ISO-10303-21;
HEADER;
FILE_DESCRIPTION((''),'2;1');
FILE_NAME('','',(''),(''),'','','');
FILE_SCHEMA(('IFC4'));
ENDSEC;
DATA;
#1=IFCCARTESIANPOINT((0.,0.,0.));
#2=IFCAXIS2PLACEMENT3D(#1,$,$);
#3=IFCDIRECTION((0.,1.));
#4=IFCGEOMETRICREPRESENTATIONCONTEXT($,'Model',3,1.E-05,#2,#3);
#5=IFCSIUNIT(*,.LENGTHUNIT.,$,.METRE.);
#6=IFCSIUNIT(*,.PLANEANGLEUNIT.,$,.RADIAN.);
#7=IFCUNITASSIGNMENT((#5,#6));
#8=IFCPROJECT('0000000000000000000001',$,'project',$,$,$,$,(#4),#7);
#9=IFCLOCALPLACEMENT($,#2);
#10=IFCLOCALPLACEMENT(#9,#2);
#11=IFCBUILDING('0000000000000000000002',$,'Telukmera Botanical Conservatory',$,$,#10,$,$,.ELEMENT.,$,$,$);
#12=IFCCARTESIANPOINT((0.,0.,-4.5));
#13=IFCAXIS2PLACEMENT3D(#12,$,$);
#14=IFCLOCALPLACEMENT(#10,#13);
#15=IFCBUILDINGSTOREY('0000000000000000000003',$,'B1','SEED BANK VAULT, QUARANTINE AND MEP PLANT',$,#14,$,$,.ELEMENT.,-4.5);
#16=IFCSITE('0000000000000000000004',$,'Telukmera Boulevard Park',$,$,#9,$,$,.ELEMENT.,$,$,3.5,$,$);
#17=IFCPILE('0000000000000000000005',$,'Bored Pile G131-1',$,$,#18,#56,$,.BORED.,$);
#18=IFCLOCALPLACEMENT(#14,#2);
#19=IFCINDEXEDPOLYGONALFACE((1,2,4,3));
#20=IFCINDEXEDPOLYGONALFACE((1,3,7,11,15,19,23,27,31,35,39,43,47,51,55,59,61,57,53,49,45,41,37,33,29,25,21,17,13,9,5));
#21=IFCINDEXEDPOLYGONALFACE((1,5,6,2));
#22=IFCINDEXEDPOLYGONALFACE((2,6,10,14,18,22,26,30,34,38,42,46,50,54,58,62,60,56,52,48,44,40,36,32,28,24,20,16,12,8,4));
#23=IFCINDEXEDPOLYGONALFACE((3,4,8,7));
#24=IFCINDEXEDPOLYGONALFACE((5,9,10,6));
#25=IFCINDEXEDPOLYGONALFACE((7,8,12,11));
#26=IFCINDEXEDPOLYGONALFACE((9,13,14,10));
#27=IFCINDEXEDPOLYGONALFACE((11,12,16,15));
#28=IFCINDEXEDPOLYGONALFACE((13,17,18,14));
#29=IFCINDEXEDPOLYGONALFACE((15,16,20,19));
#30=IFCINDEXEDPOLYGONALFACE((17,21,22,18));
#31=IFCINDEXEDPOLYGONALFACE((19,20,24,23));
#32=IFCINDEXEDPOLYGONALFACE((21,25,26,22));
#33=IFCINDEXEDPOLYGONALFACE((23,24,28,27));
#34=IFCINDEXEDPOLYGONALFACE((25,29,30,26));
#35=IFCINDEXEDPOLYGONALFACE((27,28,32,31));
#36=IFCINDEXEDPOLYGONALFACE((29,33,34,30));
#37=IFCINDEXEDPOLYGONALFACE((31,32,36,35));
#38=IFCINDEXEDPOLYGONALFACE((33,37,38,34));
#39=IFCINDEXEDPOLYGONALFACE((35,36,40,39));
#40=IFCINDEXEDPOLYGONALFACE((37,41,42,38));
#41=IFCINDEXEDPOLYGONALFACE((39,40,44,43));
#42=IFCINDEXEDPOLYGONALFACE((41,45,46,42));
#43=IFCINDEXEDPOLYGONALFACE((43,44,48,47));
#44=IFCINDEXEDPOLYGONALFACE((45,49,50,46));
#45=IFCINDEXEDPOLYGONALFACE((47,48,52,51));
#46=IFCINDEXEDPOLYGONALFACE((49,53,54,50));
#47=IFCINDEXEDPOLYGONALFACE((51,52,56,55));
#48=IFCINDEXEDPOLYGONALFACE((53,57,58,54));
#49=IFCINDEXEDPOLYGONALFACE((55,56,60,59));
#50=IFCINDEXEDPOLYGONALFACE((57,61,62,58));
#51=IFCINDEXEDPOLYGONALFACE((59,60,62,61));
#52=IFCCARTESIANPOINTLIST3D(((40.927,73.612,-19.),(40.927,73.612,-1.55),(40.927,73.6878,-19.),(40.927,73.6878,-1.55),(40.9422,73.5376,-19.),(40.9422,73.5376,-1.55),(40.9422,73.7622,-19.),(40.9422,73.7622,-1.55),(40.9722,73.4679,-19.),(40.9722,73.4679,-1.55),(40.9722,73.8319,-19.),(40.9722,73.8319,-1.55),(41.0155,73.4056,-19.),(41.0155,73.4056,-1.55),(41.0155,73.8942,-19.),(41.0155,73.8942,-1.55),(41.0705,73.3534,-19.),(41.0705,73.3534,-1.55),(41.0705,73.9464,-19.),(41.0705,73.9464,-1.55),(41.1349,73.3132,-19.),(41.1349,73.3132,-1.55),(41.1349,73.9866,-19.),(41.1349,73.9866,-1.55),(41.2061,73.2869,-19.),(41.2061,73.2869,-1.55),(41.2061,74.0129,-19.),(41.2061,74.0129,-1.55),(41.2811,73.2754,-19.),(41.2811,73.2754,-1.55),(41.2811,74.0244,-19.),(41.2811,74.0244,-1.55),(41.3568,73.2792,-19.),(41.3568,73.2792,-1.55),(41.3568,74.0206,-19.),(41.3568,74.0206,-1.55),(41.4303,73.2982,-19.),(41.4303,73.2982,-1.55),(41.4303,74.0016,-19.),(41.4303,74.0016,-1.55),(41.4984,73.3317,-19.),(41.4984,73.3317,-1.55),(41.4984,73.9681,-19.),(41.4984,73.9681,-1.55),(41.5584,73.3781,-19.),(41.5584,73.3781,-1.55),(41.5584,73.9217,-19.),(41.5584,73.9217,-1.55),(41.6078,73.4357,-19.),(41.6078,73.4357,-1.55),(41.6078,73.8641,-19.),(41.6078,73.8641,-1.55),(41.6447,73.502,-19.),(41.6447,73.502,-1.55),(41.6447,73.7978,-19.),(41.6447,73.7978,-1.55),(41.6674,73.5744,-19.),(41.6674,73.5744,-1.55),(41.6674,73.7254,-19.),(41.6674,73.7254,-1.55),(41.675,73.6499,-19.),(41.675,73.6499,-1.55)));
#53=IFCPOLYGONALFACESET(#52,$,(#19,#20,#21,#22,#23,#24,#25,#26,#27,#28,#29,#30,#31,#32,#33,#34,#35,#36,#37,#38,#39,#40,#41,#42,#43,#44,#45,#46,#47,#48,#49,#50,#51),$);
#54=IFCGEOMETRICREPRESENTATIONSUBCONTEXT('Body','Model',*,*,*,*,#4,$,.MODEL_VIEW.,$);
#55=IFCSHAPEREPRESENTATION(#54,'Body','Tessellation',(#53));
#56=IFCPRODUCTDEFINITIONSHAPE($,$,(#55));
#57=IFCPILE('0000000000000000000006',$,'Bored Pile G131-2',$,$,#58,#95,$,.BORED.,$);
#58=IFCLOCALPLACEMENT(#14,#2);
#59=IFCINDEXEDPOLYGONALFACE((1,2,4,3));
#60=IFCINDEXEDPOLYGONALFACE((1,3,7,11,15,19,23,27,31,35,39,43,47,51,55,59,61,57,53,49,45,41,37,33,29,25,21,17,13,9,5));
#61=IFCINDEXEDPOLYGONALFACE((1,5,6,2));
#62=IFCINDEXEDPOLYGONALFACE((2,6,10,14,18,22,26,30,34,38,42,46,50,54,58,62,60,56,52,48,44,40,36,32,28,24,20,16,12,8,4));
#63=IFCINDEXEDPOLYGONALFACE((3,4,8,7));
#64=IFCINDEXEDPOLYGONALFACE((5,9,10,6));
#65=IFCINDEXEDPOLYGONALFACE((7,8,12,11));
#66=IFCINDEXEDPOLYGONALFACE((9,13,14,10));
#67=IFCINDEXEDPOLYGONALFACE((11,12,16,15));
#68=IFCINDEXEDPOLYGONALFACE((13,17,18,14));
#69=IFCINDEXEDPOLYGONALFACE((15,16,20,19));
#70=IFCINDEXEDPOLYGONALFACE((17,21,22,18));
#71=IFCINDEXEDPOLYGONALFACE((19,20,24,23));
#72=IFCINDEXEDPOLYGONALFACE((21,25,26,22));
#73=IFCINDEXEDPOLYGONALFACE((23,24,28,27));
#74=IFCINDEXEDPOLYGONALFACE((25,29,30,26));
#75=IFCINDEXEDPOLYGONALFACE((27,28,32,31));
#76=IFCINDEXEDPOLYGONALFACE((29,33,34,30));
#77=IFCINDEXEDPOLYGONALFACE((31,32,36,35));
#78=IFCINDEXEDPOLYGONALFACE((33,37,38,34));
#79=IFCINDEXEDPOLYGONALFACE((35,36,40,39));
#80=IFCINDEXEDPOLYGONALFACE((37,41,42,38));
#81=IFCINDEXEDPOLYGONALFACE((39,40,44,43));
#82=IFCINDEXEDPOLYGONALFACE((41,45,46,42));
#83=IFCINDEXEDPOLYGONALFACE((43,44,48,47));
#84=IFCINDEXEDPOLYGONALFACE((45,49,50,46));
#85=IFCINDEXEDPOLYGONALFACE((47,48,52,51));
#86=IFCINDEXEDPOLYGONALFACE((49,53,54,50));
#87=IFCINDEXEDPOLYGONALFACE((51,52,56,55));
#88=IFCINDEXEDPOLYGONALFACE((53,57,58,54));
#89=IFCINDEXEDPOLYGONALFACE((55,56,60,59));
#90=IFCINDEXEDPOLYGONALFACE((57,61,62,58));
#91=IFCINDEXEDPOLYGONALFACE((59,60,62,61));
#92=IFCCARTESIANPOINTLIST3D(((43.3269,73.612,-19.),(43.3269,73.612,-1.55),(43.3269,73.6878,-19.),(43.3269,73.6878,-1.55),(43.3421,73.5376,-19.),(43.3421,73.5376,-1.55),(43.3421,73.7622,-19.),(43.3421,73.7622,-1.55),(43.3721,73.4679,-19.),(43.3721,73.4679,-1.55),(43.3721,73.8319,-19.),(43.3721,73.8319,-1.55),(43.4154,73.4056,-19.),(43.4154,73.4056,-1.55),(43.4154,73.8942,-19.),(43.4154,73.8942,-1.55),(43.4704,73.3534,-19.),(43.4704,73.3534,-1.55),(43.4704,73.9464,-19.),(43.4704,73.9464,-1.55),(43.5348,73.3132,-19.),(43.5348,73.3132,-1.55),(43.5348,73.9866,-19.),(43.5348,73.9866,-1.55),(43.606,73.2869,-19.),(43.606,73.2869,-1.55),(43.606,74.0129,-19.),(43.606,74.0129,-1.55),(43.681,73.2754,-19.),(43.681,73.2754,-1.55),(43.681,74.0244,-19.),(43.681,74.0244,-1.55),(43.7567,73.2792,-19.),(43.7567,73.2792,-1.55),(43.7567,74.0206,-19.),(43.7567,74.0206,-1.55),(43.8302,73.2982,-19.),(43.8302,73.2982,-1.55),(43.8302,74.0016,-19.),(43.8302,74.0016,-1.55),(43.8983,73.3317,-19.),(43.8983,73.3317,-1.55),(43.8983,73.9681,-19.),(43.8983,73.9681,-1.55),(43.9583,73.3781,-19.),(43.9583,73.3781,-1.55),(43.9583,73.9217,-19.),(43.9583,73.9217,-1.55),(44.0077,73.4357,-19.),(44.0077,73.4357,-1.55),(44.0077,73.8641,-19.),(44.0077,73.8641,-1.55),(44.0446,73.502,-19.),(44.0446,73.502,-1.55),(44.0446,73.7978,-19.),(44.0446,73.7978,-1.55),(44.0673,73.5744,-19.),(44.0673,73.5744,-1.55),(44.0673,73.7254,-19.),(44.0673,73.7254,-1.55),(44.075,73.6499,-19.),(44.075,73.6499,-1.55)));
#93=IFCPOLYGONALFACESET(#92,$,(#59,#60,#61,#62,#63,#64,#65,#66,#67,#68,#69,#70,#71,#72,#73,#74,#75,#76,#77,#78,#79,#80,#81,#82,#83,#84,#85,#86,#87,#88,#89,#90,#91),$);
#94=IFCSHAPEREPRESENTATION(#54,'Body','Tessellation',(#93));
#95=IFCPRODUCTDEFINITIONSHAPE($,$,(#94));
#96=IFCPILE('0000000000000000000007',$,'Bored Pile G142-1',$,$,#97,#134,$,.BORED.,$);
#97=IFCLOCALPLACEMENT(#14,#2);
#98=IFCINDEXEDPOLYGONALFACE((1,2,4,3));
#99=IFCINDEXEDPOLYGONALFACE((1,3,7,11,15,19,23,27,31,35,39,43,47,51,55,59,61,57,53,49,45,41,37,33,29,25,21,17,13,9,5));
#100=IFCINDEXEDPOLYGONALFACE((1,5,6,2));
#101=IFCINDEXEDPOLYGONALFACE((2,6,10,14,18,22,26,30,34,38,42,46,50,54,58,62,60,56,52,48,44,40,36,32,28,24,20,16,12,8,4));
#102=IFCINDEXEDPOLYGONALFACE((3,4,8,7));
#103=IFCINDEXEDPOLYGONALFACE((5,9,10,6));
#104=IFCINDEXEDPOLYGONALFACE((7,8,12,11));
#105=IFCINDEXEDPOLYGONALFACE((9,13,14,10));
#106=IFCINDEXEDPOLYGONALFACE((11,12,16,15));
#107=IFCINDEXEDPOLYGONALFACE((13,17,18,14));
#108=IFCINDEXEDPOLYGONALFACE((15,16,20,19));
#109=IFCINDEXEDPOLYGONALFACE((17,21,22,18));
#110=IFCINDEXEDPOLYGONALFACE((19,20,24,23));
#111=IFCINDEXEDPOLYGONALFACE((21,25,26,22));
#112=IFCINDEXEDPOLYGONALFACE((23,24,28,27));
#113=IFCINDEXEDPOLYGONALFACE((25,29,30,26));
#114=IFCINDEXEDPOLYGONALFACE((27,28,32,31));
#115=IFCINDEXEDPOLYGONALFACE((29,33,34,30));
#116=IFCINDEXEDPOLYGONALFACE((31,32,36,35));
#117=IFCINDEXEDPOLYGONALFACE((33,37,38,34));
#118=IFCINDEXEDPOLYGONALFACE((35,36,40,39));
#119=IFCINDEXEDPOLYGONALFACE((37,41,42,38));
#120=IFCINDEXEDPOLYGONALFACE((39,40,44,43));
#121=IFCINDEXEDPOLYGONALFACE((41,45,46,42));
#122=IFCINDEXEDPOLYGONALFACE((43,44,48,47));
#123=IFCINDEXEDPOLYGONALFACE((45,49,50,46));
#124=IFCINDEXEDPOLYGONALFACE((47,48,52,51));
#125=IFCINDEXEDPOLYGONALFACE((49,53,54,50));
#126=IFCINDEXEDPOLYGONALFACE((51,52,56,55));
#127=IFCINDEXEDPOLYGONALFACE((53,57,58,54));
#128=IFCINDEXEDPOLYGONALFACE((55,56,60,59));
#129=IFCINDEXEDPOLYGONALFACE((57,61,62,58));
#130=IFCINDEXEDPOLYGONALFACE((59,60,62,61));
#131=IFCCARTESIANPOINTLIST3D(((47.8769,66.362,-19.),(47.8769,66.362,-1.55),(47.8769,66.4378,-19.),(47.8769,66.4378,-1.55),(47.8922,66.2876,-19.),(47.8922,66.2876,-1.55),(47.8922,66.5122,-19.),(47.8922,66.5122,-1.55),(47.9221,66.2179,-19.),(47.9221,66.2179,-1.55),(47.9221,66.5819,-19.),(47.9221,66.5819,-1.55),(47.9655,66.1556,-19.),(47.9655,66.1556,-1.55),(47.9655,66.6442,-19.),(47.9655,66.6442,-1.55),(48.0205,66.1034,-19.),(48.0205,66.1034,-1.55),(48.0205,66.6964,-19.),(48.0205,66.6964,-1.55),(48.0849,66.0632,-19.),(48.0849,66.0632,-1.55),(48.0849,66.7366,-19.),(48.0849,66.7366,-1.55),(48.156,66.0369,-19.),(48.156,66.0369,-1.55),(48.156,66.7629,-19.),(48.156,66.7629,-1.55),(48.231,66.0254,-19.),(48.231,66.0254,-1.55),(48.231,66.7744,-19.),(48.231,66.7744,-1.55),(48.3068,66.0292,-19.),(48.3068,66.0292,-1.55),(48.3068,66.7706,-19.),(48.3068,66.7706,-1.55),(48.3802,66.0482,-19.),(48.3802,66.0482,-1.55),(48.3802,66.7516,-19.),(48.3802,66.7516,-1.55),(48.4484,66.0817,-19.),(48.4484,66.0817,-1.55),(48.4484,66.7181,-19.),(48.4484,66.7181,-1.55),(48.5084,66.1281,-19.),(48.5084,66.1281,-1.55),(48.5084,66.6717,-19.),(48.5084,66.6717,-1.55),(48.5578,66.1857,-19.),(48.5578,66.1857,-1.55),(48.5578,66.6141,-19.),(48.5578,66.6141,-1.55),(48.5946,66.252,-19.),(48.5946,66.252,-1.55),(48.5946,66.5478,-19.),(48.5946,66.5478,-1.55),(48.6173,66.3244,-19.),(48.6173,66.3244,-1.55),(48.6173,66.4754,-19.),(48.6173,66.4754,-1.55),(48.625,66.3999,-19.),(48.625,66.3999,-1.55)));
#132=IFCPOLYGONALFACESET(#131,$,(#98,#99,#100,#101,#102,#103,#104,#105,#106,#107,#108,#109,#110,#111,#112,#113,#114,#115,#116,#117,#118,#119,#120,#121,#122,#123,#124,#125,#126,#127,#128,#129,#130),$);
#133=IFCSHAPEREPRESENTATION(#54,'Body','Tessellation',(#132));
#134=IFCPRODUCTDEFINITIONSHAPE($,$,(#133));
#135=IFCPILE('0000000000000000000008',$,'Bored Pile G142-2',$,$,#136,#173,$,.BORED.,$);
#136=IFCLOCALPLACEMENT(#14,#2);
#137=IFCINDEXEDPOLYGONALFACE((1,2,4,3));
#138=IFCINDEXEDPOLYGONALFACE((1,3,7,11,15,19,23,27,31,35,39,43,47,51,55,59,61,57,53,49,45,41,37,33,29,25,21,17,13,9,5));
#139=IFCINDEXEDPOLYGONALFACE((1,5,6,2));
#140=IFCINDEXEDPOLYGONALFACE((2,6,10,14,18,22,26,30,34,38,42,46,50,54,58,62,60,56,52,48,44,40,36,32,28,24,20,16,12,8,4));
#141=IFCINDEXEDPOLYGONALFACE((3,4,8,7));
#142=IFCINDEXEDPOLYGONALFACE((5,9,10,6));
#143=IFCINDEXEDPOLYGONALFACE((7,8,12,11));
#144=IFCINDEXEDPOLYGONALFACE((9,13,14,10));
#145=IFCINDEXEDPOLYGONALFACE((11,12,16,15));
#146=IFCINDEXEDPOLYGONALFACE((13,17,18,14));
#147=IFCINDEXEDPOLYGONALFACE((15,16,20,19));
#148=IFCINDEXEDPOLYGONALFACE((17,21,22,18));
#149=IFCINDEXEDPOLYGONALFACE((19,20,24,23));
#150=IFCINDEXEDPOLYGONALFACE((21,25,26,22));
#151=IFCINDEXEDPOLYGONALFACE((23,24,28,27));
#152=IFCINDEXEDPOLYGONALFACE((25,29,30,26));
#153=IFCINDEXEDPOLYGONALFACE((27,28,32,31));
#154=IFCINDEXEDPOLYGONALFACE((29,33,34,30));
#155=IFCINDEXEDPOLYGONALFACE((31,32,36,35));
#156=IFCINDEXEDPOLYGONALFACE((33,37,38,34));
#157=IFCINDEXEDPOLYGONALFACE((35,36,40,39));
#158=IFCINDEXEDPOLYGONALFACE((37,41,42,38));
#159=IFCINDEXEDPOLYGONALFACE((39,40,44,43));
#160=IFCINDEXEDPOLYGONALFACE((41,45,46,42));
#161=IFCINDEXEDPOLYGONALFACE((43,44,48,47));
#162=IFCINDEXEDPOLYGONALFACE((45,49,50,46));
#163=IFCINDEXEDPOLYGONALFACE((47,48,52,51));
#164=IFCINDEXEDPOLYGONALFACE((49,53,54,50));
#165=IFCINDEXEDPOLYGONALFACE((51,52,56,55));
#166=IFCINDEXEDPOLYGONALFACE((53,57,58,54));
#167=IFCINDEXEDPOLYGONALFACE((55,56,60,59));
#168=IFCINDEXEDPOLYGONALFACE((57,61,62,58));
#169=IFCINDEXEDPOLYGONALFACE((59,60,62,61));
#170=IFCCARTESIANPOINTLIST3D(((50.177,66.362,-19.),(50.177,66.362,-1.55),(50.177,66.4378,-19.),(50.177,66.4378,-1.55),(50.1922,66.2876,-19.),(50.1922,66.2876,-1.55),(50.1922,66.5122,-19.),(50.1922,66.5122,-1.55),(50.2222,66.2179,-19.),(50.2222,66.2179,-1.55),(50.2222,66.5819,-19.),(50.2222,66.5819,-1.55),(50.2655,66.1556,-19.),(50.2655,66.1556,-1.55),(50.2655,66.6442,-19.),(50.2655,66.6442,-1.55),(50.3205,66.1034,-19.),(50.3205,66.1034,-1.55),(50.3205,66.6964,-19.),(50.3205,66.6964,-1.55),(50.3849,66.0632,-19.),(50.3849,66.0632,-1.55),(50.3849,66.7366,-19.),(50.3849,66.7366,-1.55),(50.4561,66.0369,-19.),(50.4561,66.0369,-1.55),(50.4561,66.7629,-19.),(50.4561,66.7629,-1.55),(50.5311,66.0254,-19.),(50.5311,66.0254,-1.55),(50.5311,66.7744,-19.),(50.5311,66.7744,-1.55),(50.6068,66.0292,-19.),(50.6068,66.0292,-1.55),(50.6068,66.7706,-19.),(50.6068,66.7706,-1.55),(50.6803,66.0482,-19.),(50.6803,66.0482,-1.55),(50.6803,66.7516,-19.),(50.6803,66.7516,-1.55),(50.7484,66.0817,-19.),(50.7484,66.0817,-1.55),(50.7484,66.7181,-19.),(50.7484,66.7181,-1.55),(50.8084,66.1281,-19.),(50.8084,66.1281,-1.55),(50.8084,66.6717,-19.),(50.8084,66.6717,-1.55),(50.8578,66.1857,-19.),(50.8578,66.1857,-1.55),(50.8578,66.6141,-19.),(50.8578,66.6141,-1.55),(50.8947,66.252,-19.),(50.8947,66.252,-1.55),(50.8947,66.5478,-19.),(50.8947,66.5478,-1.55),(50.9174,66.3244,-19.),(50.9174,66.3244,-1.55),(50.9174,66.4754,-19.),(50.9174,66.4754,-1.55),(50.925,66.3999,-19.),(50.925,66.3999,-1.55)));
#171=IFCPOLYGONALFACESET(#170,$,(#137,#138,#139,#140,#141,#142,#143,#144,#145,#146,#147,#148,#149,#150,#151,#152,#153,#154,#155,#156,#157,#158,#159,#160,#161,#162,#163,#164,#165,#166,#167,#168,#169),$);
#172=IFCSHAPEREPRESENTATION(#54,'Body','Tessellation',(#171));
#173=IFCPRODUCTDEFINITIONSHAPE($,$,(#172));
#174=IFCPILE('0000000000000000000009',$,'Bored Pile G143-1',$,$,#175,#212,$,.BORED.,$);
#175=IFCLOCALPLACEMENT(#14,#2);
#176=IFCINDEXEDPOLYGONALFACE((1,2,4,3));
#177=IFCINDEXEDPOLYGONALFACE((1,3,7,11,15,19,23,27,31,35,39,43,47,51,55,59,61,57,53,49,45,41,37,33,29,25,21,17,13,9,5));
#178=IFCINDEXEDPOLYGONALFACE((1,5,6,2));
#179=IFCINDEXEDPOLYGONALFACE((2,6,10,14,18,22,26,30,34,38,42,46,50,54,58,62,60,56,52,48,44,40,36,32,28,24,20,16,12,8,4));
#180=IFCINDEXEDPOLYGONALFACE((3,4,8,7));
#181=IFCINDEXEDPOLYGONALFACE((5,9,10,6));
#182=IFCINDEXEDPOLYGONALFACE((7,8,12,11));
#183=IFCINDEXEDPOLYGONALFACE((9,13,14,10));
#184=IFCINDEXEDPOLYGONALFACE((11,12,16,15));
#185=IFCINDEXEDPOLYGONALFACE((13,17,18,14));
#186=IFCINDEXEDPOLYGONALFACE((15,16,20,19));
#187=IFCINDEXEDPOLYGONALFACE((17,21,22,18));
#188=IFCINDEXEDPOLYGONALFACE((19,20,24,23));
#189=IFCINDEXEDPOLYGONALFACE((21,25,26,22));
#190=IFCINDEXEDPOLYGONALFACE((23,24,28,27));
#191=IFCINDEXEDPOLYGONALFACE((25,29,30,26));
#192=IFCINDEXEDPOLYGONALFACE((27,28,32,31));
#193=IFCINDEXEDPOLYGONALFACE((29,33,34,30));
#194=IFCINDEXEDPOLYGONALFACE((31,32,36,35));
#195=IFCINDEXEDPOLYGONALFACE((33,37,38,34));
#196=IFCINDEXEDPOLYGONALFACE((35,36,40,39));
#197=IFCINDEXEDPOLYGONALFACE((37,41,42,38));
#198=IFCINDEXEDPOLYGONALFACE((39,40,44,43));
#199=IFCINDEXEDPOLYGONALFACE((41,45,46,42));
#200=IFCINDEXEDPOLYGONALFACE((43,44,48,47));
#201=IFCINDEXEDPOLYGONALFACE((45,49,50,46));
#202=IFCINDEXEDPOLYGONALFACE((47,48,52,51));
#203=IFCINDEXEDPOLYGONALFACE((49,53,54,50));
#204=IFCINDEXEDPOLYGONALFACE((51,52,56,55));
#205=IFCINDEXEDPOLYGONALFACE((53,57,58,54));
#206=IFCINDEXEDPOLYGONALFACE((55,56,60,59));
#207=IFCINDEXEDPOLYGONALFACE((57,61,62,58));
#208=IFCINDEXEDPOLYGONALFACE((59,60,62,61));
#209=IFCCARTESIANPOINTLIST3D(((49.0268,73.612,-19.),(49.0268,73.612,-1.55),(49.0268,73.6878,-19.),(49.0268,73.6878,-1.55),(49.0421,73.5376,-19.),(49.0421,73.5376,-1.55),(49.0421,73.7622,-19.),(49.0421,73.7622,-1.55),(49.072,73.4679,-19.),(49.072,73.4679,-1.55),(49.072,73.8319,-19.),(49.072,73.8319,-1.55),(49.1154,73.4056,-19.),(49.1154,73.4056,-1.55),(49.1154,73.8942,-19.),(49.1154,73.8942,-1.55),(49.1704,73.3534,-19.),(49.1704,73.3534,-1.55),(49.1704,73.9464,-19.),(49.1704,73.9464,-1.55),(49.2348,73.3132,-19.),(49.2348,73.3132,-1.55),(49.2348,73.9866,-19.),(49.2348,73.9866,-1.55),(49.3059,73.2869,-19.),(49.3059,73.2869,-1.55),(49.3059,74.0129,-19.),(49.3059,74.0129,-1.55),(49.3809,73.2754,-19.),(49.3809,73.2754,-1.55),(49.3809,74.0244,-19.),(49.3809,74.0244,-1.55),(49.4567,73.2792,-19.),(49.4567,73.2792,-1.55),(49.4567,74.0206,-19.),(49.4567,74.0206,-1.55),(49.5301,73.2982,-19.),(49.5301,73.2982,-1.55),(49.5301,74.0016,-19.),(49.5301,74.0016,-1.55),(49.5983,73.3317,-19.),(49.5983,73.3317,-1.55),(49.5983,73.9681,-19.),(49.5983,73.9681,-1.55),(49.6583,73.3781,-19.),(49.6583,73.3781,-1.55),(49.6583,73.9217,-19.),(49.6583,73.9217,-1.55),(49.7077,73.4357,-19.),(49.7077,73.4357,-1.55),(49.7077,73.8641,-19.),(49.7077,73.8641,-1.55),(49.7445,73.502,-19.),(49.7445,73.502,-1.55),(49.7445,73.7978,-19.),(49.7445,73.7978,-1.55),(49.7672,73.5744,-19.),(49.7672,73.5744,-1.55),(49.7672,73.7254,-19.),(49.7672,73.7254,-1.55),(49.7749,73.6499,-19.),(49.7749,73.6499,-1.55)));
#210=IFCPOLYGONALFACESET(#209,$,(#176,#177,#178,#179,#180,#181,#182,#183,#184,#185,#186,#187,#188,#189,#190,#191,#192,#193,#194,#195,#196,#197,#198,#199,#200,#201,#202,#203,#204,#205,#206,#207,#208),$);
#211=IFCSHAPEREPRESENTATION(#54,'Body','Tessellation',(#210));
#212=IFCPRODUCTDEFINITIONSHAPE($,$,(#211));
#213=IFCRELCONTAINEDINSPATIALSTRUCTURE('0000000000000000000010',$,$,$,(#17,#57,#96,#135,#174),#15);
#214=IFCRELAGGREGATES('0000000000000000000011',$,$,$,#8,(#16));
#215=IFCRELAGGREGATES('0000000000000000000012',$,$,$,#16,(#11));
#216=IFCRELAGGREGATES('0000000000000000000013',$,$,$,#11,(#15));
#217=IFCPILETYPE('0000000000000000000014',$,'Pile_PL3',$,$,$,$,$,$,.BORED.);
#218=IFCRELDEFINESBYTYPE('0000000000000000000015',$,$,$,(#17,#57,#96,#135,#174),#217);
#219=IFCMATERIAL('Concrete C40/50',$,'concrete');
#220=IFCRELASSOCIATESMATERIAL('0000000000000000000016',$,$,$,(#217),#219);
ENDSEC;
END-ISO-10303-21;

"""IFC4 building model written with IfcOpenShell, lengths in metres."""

from ifc_helpers import new_model, si_unit, direction, frame, origin, origin_2d, place, context, subcontext, project, spatial, circle, extrude, material, material_profile, profile_set, type_object, element, save


model = new_model("IFC4")

# Units and contexts
model_context = context("Model", 3, precision=1e-05, world=origin(), true_north=direction((0.0, 1.0)))
body_context = subcontext(model_context, "Body", "Model", "MODEL_VIEW")
ifc_project = project(units=[si_unit("LENGTHUNIT", "METRE"), si_unit("PLANEANGLEUNIT", "RADIAN")], contexts=[model_context])

# Site, building, storey
site_placement = place(None, origin())
site = spatial("IfcSite", under=ifc_project, at=site_placement, Name="Telukmera Boulevard Park", CompositionType="ELEMENT", RefElevation=3.5)
building_placement = place(site_placement, origin())
building = spatial("IfcBuilding", under=site, at=building_placement, Name="Telukmera Botanical Conservatory", CompositionType="ELEMENT")
storey_placement = place(building_placement, frame((0.0, 0.0, -4.5)))
storey = spatial("IfcBuildingStorey", under=building, at=storey_placement, Name="B1", Description="SEED BANK VAULT, QUARANTINE AND MEP PLANT", CompositionType="ELEMENT", Elevation=-4.5)

# Shared definitions
ifc_material_1 = material(Name="Concrete C40/50", Category="concrete")

# Piles
ifc_material_profile_1 = material_profile(ifc_material_1, circle(Radius=0.375, at=origin_2d()), Name="PILE D750")
ifc_profile_set_1 = profile_set([ifc_material_profile_1], Name="Concrete C40/50")
pile_type = type_object("IfcPileType", Name="Pile_PL3", PredefinedType="BORED", material=ifc_profile_set_1)
for number, where, z_axis, x_axis, name in (
    (1, (41.3, 73.6499, -1.55), (0.0, 0.0, -1.0), (1.0, 0.0, 0.0), "Bored Pile G131-1"),
    (2, (43.7, 73.6499, -1.55), (0.0, 0.0, -1.0), (1.0, 0.0, 0.0), "Bored Pile G131-2"),
    (3, (48.25, 66.3999, -1.55), (0.0, 0.0, -1.0), (1.0, 0.0, 0.0), "Bored Pile G142-1"),
    (4, (50.55, 66.3999, -1.55), (0.0, 0.0, -1.0), (1.0, 0.0, 0.0), "Bored Pile G142-2"),
    (5, (49.3999, 73.6499, -1.55), (0.0, 0.0, -1.0), (1.0, 0.0, 0.0), "Bored Pile G143-1"),
):
    element("IfcPile", number, at=place(storey_placement, frame(where, z_axis=z_axis, x_axis=x_axis)), inside=storey, type_object=pile_type, Name=name, PredefinedType="BORED", context=body_context, shape_type="SweptSolid", body=[
        extrude(circle(Radius=0.375, at=origin_2d()), origin(), (0.0, 0.0, 1.0), 17.45),
    ])

save(model, "model.ifc")
